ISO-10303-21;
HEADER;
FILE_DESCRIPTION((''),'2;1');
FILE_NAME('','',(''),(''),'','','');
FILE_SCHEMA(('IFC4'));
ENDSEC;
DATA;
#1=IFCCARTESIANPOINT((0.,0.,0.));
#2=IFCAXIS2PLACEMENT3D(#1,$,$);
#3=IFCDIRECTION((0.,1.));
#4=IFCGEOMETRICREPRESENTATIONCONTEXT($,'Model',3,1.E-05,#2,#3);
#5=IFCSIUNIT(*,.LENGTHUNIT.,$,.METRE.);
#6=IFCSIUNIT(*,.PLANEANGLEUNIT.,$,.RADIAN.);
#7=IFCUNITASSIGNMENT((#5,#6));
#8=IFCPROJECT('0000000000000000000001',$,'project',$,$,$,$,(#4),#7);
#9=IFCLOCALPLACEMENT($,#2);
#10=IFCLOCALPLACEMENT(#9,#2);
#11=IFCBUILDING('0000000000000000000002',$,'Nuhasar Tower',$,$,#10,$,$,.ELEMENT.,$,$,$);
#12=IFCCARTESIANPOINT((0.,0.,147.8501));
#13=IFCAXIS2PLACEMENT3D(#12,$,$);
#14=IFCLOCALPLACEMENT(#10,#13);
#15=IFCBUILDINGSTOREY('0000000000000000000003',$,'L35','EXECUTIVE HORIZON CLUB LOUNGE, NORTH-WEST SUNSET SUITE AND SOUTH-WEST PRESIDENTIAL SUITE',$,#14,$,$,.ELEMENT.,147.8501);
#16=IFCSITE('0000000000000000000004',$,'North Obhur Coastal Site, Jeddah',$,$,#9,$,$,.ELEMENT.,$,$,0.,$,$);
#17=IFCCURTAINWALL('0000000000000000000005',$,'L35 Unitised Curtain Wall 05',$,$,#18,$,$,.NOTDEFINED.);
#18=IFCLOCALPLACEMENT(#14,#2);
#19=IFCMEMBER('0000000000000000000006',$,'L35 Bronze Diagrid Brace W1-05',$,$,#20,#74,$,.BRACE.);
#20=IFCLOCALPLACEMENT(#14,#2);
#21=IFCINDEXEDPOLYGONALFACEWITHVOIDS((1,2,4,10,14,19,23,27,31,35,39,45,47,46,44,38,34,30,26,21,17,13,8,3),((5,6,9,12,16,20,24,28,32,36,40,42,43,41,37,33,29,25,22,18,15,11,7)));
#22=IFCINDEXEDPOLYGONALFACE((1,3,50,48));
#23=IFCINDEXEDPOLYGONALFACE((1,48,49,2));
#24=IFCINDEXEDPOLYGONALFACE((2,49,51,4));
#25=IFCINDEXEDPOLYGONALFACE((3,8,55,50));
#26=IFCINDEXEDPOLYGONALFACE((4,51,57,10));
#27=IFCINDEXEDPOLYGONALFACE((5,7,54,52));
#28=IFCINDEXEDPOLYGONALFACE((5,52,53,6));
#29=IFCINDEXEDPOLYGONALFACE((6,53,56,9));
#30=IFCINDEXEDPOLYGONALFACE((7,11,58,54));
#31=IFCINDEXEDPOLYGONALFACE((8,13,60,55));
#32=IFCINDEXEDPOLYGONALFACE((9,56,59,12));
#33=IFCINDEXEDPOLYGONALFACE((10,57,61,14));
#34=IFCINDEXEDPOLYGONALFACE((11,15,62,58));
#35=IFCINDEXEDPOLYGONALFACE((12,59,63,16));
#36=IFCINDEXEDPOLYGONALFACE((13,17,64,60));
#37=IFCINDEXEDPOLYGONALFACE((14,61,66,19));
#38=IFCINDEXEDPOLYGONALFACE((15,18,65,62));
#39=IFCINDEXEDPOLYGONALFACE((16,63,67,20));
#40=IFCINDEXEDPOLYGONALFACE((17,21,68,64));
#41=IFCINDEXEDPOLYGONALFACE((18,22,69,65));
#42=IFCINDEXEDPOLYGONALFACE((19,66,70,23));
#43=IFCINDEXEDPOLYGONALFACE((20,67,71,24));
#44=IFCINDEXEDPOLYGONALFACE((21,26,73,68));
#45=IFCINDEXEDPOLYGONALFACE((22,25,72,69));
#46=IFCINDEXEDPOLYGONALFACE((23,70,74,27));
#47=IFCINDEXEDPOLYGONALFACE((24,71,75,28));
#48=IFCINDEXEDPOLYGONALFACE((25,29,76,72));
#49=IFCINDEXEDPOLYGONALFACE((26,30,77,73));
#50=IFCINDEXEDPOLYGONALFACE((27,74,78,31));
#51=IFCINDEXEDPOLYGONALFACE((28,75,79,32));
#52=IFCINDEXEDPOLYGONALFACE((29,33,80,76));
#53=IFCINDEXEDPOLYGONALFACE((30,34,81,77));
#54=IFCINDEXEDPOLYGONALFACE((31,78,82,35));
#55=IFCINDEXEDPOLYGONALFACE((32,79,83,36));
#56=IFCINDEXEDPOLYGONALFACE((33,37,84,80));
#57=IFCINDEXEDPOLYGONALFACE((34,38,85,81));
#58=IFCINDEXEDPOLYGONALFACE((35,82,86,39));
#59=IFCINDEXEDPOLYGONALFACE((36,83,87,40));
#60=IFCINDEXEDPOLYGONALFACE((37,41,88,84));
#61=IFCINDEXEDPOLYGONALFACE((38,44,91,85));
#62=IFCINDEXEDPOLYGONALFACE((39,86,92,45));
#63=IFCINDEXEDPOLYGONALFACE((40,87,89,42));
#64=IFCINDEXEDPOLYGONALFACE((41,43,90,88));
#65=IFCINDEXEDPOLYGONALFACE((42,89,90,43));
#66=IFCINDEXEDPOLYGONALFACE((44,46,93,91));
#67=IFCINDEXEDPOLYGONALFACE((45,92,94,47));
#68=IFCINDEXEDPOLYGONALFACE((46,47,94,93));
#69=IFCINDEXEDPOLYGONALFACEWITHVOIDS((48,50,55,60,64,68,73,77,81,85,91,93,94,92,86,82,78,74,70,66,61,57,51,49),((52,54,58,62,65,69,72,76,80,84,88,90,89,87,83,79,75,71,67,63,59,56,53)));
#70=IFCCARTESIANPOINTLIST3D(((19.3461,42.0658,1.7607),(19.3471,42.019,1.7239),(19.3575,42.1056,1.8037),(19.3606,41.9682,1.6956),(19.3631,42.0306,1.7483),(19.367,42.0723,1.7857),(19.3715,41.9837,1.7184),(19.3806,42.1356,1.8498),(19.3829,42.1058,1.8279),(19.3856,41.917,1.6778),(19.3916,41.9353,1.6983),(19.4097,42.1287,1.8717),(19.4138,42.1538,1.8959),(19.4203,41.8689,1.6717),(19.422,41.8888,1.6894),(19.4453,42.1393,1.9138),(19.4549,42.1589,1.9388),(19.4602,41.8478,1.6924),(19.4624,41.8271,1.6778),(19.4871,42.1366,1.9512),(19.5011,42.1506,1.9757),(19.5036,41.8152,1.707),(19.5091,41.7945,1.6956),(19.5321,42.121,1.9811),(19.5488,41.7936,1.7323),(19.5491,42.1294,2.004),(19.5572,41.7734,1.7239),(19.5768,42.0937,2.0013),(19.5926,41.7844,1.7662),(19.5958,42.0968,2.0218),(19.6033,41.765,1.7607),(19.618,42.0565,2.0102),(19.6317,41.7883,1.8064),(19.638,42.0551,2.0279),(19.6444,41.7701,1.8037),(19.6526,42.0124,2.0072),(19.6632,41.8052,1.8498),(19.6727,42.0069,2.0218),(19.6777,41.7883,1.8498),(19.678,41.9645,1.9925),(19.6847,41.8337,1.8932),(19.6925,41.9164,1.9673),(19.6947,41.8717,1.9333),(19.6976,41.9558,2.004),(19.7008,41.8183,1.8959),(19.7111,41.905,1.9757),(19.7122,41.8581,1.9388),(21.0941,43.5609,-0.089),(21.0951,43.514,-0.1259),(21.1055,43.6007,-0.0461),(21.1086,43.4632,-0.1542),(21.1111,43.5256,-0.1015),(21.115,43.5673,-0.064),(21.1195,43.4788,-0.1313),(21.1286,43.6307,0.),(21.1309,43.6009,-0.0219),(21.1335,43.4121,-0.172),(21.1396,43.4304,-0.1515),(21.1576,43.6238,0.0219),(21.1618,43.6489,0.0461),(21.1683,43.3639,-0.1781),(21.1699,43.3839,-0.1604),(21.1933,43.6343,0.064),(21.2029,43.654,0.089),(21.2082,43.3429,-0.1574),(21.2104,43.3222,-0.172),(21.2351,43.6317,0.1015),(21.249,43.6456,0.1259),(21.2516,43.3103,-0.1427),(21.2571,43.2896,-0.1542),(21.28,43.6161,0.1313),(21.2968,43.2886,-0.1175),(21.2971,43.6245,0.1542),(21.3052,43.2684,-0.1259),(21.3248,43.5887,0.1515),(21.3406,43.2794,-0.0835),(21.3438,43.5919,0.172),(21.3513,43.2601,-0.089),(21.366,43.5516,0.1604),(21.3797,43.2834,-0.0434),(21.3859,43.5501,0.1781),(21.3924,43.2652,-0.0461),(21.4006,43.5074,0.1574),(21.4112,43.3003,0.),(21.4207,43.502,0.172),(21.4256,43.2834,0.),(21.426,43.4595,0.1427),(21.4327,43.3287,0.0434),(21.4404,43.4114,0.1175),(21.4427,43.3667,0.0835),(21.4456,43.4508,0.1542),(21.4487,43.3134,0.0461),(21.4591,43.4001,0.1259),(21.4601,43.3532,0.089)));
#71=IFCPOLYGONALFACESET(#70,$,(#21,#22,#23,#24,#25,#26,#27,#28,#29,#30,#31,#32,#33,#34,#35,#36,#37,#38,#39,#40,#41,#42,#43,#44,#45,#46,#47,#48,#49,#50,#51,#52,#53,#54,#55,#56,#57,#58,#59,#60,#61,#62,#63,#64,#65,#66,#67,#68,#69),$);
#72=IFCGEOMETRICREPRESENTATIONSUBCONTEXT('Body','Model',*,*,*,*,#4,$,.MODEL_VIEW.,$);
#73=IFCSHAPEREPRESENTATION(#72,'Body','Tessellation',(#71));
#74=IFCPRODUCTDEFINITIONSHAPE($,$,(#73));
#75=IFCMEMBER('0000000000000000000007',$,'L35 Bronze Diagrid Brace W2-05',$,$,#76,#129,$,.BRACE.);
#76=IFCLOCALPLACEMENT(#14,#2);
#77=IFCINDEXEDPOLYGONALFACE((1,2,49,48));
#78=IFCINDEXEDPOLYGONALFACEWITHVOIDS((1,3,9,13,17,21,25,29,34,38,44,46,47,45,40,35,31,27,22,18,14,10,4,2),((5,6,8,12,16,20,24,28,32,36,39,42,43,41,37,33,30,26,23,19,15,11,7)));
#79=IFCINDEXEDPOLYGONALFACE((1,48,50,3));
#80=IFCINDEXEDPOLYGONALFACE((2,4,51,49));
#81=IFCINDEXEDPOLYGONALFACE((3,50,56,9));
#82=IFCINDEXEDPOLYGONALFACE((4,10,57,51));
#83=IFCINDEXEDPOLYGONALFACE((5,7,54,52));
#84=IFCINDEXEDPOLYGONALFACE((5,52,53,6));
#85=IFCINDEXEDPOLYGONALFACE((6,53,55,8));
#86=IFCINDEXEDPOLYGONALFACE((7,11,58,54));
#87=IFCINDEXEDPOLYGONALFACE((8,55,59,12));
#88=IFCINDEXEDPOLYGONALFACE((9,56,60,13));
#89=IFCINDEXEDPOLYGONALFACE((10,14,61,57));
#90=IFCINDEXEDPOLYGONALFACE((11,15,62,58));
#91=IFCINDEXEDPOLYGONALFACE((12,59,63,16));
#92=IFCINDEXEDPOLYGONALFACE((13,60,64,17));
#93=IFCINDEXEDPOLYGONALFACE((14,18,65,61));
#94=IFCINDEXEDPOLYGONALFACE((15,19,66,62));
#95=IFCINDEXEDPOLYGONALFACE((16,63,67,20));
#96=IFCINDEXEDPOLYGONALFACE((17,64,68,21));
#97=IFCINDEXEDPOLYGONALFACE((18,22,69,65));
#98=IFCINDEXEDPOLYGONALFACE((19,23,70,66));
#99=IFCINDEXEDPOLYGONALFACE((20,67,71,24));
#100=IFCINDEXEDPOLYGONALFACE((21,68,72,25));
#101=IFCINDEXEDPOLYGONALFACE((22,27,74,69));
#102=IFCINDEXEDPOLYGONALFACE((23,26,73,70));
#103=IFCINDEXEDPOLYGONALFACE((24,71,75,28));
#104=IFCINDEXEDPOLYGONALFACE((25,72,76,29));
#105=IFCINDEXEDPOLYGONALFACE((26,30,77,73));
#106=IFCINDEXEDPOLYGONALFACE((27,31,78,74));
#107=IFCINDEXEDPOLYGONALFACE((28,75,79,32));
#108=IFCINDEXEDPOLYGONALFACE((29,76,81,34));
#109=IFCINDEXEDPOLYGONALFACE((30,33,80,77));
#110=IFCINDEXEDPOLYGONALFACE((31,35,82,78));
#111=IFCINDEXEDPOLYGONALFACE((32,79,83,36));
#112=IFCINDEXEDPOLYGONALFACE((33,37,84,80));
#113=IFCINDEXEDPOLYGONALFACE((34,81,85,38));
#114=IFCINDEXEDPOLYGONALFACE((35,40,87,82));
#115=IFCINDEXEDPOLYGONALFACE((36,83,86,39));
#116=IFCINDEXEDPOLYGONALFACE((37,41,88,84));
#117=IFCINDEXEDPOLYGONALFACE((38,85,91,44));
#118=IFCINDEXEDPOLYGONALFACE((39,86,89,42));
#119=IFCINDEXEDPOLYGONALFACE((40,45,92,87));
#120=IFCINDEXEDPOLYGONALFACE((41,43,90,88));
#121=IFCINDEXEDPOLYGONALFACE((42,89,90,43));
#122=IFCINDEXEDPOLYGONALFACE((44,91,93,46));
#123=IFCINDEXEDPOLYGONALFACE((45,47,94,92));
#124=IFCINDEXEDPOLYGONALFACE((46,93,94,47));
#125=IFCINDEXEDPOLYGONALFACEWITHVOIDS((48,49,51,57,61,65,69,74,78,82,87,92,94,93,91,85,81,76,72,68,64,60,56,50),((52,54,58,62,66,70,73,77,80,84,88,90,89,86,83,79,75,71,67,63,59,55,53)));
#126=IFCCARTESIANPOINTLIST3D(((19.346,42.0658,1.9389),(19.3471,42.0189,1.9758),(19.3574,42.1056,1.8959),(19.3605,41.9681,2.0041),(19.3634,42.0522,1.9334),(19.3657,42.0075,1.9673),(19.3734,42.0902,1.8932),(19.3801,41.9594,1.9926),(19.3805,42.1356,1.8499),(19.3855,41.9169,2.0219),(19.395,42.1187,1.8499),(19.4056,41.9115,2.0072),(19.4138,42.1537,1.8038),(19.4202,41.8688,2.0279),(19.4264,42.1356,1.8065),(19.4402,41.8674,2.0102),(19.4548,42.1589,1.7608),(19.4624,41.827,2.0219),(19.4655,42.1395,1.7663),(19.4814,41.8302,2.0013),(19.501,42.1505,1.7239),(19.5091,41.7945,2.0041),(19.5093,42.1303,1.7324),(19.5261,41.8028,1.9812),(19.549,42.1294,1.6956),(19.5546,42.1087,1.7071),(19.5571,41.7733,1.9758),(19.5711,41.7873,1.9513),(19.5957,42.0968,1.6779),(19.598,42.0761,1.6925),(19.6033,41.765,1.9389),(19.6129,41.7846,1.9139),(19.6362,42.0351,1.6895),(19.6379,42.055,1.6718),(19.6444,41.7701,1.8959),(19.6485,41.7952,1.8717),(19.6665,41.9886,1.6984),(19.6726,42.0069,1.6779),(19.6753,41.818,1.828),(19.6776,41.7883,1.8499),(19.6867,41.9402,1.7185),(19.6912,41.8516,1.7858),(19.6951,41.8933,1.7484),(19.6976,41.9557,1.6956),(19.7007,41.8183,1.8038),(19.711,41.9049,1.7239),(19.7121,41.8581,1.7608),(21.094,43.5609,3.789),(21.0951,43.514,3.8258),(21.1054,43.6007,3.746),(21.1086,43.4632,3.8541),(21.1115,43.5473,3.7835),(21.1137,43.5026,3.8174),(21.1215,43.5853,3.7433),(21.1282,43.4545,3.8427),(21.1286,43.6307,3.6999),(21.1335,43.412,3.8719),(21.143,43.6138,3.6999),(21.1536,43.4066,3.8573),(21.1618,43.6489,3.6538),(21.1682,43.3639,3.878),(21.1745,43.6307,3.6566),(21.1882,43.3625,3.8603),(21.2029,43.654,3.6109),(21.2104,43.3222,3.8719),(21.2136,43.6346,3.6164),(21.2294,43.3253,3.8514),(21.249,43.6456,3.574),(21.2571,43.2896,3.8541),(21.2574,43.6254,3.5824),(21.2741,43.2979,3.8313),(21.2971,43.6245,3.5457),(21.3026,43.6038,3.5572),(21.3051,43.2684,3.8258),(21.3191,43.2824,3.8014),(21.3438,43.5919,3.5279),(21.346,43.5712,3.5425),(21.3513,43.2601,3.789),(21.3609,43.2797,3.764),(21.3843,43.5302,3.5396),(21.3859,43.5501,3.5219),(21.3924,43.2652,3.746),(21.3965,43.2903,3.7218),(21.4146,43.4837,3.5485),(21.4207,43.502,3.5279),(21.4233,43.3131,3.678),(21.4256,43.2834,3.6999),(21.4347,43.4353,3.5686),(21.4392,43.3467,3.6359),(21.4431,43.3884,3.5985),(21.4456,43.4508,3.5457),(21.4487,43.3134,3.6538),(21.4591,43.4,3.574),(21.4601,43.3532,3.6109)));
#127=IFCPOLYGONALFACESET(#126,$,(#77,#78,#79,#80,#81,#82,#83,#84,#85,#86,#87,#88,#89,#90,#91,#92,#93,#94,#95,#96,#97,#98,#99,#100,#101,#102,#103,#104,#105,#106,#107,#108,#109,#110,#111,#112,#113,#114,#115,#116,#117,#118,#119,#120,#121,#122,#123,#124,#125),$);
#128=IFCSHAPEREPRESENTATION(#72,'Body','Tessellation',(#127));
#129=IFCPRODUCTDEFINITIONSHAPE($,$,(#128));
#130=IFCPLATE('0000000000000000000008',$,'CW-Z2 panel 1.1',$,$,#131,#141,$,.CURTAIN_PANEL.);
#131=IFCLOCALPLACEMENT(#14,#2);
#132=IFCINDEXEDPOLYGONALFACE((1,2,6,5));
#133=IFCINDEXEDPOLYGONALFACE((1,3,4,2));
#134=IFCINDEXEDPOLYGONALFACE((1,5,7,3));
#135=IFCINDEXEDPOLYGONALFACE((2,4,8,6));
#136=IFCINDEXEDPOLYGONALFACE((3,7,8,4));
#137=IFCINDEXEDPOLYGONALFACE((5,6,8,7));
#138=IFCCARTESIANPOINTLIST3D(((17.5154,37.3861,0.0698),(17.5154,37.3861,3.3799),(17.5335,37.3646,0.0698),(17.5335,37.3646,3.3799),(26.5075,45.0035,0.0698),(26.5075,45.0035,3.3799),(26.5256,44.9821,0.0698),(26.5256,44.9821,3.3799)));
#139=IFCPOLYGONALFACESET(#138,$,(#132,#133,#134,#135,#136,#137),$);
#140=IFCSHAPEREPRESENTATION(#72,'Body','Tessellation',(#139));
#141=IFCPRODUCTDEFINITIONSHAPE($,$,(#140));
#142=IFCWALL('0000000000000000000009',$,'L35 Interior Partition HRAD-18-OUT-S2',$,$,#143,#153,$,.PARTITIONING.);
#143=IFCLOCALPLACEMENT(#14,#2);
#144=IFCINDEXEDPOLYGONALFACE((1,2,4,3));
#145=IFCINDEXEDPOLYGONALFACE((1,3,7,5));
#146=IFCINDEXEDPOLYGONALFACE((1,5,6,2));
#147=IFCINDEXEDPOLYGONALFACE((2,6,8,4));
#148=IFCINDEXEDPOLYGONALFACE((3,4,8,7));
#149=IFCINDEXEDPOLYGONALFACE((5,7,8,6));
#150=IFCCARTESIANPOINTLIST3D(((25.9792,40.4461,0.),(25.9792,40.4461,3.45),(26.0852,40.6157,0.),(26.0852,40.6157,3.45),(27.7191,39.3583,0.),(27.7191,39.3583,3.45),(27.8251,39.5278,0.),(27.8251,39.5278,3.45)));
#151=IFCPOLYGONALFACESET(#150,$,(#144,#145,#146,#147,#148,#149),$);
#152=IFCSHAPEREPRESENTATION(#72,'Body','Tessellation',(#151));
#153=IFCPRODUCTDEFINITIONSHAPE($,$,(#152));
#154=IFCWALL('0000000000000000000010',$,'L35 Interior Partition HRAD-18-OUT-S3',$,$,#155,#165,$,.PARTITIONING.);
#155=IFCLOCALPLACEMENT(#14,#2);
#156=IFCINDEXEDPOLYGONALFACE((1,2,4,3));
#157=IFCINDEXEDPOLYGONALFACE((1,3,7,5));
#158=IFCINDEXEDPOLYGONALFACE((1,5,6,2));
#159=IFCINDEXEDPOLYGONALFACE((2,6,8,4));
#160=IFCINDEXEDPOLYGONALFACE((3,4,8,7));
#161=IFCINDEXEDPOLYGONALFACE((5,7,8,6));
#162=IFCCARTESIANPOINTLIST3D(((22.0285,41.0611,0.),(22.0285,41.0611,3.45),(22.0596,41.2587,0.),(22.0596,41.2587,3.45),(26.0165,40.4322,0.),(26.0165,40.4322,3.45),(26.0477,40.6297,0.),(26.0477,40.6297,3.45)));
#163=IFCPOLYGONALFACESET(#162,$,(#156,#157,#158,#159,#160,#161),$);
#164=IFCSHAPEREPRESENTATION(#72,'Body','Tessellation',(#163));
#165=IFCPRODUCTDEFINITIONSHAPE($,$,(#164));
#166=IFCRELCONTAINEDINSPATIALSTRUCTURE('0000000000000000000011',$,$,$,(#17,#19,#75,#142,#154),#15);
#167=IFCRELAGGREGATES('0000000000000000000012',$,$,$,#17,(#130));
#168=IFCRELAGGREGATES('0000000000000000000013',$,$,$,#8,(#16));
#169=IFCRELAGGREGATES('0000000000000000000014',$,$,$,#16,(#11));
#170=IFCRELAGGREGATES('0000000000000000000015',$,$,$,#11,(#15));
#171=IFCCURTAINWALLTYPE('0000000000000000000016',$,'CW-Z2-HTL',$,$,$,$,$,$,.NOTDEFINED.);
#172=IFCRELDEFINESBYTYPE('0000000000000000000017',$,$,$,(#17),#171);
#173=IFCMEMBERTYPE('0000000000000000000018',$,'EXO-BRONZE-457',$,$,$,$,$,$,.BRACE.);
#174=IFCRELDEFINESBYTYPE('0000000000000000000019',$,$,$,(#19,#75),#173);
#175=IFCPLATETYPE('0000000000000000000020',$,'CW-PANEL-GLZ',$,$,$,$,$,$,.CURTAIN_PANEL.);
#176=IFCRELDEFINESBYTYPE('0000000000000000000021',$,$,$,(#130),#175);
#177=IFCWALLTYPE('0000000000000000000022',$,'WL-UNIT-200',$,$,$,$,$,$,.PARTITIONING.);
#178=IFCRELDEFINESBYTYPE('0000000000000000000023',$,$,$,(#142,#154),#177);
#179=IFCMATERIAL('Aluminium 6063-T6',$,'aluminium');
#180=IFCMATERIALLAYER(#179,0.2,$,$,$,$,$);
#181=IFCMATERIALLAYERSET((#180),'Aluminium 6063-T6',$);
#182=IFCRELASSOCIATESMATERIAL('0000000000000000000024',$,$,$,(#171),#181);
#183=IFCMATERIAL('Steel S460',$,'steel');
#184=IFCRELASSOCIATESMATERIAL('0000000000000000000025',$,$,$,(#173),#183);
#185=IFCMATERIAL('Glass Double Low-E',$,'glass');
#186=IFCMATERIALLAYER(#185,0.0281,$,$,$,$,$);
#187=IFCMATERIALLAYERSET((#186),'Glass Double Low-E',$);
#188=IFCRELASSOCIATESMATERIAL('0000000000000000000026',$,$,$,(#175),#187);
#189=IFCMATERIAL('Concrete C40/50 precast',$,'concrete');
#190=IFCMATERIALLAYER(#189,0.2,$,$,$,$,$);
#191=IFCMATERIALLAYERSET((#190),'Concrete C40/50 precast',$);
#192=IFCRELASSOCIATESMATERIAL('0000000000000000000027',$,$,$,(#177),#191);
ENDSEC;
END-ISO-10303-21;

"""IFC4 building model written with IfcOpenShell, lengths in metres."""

from ifc_helpers import new_model, si_unit, direction, frame, frame_2d, origin, origin_2d, place, context, subcontext, project, spatial, rectangle, hollow_circle, extrude, material, layer, layer_set, material_profile, profile_set, type_object, element, aggregate, save


model = new_model("IFC4")

# Units and contexts
model_context = context("Model", 3, precision=1e-05, world=origin(), true_north=direction((0.0, 1.0)))
body_context = subcontext(model_context, "Body", "Model", "MODEL_VIEW")
ifc_project = project(units=[si_unit("LENGTHUNIT", "METRE"), si_unit("PLANEANGLEUNIT", "RADIAN")], contexts=[model_context])

# Site, building, storey
site_placement = place(None, origin())
site = spatial("IfcSite", under=ifc_project, at=site_placement, Name="North Obhur Coastal Site, Jeddah", CompositionType="ELEMENT", RefElevation=0.0)
building_placement = place(site_placement, origin())
building = spatial("IfcBuilding", under=site, at=building_placement, Name="Nuhasar Tower", CompositionType="ELEMENT")
storey_placement = place(building_placement, frame((0.0, 0.0, 147.8501)))
storey = spatial("IfcBuildingStorey", under=building, at=storey_placement, Name="L35", Description="EXECUTIVE HORIZON CLUB LOUNGE, NORTH-WEST SUNSET SUITE AND SOUTH-WEST PRESIDENTIAL SUITE", CompositionType="ELEMENT", Elevation=147.8501)

# Shared definitions
ifc_material_1 = material(Name="Aluminium 6063-T6", Category="aluminium")
ifc_layer_1 = layer(ifc_material_1, 0.2)
ifc_layer_set_1 = layer_set([ifc_layer_1], Name="Aluminium 6063-T6")
curtain_wall_type = type_object("IfcCurtainWallType", Name="CW-Z2-HTL", PredefinedType="NOTDEFINED", material=ifc_layer_set_1)

# Curtain wall
curtain_wall_1_placement = place(storey_placement, origin())
curtain_wall_1 = element("IfcCurtainWall", 1, at=curtain_wall_1_placement, inside=storey, type_object=curtain_wall_type, Name="L35 Unitised Curtain Wall 05", PredefinedType="NOTDEFINED")

# Members
ifc_material_2 = material(Name="Steel S460", Category="steel")
ifc_material_profile_1 = material_profile(ifc_material_2, hollow_circle(Radius=0.2285, WallThickness=0.0222, at=origin_2d()), Name="HSS457X22.2")
ifc_profile_set_1 = profile_set([ifc_material_profile_1], Name="Steel S460")
member_type_1 = type_object("IfcMemberType", Name="EXO-BRONZE-457", PredefinedType="BRACE", material=ifc_profile_set_1)
member_1_placement = place(storey_placement, frame((21.2771, 43.457, 0.0), z_axis=(-0.592201, -0.506514, 0.626691), x_axis=(0.649987, -0.759945, 0.0)))
element("IfcMember", 2, at=member_1_placement, inside=storey, type_object=member_type_1, Name="L35 Bronze Diagrid Brace W1-05", PredefinedType="BRACE", context=body_context, shape_type="SweptSolid", body=[
    extrude(hollow_circle(Radius=0.2285, WallThickness=0.0222, at=origin_2d()), origin(), (0.0, 0.0, 1.0), 2.9517),
])
member_2_placement = place(storey_placement, frame((19.5291, 41.9619, 1.8499), z_axis=(0.59217, 0.506488, 0.626741), x_axis=(-0.649987, 0.759945, 0.0)))
element("IfcMember", 3, at=member_2_placement, inside=storey, type_object=member_type_1, Name="L35 Bronze Diagrid Brace W2-05", PredefinedType="BRACE", context=body_context, shape_type="SweptSolid", body=[
    extrude(hollow_circle(Radius=0.2285, WallThickness=0.0222, at=origin_2d()), origin(), (0.0, 0.0, 1.0), 2.9519),
])

# Plate
ifc_material_3 = material(Name="Glass Double Low-E", Category="glass")
ifc_layer_2 = layer(ifc_material_3, 0.0281)
ifc_layer_set_2 = layer_set([ifc_layer_2], Name="Glass Double Low-E")
plate_type = type_object("IfcPlateType", Name="CW-PANEL-GLZ", PredefinedType="CURTAIN_PANEL", material=ifc_layer_set_2)
plate_placement = place(storey_placement, frame((22.0205, 41.1841, 0.0698), z_axis=(0.0, 0.0, 1.0), x_axis=(-0.76302, -0.646374, 0.0)))
plate = element("IfcPlate", 4, at=plate_placement, type_object=plate_type, Name="CW-Z2 panel 1.1", PredefinedType="CURTAIN_PANEL", context=body_context, shape_type="SweptSolid", body=[
    extrude(rectangle(XDim=11.7849, YDim=0.0281, at=origin_2d()), origin(), (0.0, 0.0, 1.0), 3.3101),
])
aggregate(curtain_wall_1, [plate])

# Walls
ifc_material_4 = material(Name="Concrete C40/50 precast", Category="concrete")
ifc_layer_3 = layer(ifc_material_4, 0.2)
ifc_layer_set_3 = layer_set([ifc_layer_3], Name="Concrete C40/50 precast")
wall_type = type_object("IfcWallType", Name="WL-UNIT-200", PredefinedType="PARTITIONING", material=ifc_layer_set_3)
wall_1_placement = place(storey_placement, frame((27.772, 39.4431, 0.0), z_axis=(0.0, 0.0, 1.0), x_axis=(-0.847911, 0.530138, 0.0)))
element("IfcWall", 5, at=wall_1_placement, inside=storey, type_object=wall_type, Name="L35 Interior Partition HRAD-18-OUT-S2", PredefinedType="PARTITIONING", context=body_context, shape_type="SweptSolid", body=[
    extrude(rectangle(XDim=2.052, YDim=0.2, at=frame_2d((1.0259, 0.0))), origin(), (0.0, 0.0, 1.0), 3.45),
])
wall_2_placement = place(storey_placement, frame((26.032, 40.531, 0.0), z_axis=(0.0, 0.0, 1.0), x_axis=(-0.987793, 0.155773, 0.0)))
element("IfcWall", 6, at=wall_2_placement, inside=storey, type_object=wall_type, Name="L35 Interior Partition HRAD-18-OUT-S3", PredefinedType="PARTITIONING", context=body_context, shape_type="SweptSolid", body=[
    extrude(rectangle(XDim=4.0374, YDim=0.2, at=frame_2d((2.0186, 0.0))), origin(), (0.0, 0.0, 1.0), 3.45),
])

save(model, "model.ifc")
